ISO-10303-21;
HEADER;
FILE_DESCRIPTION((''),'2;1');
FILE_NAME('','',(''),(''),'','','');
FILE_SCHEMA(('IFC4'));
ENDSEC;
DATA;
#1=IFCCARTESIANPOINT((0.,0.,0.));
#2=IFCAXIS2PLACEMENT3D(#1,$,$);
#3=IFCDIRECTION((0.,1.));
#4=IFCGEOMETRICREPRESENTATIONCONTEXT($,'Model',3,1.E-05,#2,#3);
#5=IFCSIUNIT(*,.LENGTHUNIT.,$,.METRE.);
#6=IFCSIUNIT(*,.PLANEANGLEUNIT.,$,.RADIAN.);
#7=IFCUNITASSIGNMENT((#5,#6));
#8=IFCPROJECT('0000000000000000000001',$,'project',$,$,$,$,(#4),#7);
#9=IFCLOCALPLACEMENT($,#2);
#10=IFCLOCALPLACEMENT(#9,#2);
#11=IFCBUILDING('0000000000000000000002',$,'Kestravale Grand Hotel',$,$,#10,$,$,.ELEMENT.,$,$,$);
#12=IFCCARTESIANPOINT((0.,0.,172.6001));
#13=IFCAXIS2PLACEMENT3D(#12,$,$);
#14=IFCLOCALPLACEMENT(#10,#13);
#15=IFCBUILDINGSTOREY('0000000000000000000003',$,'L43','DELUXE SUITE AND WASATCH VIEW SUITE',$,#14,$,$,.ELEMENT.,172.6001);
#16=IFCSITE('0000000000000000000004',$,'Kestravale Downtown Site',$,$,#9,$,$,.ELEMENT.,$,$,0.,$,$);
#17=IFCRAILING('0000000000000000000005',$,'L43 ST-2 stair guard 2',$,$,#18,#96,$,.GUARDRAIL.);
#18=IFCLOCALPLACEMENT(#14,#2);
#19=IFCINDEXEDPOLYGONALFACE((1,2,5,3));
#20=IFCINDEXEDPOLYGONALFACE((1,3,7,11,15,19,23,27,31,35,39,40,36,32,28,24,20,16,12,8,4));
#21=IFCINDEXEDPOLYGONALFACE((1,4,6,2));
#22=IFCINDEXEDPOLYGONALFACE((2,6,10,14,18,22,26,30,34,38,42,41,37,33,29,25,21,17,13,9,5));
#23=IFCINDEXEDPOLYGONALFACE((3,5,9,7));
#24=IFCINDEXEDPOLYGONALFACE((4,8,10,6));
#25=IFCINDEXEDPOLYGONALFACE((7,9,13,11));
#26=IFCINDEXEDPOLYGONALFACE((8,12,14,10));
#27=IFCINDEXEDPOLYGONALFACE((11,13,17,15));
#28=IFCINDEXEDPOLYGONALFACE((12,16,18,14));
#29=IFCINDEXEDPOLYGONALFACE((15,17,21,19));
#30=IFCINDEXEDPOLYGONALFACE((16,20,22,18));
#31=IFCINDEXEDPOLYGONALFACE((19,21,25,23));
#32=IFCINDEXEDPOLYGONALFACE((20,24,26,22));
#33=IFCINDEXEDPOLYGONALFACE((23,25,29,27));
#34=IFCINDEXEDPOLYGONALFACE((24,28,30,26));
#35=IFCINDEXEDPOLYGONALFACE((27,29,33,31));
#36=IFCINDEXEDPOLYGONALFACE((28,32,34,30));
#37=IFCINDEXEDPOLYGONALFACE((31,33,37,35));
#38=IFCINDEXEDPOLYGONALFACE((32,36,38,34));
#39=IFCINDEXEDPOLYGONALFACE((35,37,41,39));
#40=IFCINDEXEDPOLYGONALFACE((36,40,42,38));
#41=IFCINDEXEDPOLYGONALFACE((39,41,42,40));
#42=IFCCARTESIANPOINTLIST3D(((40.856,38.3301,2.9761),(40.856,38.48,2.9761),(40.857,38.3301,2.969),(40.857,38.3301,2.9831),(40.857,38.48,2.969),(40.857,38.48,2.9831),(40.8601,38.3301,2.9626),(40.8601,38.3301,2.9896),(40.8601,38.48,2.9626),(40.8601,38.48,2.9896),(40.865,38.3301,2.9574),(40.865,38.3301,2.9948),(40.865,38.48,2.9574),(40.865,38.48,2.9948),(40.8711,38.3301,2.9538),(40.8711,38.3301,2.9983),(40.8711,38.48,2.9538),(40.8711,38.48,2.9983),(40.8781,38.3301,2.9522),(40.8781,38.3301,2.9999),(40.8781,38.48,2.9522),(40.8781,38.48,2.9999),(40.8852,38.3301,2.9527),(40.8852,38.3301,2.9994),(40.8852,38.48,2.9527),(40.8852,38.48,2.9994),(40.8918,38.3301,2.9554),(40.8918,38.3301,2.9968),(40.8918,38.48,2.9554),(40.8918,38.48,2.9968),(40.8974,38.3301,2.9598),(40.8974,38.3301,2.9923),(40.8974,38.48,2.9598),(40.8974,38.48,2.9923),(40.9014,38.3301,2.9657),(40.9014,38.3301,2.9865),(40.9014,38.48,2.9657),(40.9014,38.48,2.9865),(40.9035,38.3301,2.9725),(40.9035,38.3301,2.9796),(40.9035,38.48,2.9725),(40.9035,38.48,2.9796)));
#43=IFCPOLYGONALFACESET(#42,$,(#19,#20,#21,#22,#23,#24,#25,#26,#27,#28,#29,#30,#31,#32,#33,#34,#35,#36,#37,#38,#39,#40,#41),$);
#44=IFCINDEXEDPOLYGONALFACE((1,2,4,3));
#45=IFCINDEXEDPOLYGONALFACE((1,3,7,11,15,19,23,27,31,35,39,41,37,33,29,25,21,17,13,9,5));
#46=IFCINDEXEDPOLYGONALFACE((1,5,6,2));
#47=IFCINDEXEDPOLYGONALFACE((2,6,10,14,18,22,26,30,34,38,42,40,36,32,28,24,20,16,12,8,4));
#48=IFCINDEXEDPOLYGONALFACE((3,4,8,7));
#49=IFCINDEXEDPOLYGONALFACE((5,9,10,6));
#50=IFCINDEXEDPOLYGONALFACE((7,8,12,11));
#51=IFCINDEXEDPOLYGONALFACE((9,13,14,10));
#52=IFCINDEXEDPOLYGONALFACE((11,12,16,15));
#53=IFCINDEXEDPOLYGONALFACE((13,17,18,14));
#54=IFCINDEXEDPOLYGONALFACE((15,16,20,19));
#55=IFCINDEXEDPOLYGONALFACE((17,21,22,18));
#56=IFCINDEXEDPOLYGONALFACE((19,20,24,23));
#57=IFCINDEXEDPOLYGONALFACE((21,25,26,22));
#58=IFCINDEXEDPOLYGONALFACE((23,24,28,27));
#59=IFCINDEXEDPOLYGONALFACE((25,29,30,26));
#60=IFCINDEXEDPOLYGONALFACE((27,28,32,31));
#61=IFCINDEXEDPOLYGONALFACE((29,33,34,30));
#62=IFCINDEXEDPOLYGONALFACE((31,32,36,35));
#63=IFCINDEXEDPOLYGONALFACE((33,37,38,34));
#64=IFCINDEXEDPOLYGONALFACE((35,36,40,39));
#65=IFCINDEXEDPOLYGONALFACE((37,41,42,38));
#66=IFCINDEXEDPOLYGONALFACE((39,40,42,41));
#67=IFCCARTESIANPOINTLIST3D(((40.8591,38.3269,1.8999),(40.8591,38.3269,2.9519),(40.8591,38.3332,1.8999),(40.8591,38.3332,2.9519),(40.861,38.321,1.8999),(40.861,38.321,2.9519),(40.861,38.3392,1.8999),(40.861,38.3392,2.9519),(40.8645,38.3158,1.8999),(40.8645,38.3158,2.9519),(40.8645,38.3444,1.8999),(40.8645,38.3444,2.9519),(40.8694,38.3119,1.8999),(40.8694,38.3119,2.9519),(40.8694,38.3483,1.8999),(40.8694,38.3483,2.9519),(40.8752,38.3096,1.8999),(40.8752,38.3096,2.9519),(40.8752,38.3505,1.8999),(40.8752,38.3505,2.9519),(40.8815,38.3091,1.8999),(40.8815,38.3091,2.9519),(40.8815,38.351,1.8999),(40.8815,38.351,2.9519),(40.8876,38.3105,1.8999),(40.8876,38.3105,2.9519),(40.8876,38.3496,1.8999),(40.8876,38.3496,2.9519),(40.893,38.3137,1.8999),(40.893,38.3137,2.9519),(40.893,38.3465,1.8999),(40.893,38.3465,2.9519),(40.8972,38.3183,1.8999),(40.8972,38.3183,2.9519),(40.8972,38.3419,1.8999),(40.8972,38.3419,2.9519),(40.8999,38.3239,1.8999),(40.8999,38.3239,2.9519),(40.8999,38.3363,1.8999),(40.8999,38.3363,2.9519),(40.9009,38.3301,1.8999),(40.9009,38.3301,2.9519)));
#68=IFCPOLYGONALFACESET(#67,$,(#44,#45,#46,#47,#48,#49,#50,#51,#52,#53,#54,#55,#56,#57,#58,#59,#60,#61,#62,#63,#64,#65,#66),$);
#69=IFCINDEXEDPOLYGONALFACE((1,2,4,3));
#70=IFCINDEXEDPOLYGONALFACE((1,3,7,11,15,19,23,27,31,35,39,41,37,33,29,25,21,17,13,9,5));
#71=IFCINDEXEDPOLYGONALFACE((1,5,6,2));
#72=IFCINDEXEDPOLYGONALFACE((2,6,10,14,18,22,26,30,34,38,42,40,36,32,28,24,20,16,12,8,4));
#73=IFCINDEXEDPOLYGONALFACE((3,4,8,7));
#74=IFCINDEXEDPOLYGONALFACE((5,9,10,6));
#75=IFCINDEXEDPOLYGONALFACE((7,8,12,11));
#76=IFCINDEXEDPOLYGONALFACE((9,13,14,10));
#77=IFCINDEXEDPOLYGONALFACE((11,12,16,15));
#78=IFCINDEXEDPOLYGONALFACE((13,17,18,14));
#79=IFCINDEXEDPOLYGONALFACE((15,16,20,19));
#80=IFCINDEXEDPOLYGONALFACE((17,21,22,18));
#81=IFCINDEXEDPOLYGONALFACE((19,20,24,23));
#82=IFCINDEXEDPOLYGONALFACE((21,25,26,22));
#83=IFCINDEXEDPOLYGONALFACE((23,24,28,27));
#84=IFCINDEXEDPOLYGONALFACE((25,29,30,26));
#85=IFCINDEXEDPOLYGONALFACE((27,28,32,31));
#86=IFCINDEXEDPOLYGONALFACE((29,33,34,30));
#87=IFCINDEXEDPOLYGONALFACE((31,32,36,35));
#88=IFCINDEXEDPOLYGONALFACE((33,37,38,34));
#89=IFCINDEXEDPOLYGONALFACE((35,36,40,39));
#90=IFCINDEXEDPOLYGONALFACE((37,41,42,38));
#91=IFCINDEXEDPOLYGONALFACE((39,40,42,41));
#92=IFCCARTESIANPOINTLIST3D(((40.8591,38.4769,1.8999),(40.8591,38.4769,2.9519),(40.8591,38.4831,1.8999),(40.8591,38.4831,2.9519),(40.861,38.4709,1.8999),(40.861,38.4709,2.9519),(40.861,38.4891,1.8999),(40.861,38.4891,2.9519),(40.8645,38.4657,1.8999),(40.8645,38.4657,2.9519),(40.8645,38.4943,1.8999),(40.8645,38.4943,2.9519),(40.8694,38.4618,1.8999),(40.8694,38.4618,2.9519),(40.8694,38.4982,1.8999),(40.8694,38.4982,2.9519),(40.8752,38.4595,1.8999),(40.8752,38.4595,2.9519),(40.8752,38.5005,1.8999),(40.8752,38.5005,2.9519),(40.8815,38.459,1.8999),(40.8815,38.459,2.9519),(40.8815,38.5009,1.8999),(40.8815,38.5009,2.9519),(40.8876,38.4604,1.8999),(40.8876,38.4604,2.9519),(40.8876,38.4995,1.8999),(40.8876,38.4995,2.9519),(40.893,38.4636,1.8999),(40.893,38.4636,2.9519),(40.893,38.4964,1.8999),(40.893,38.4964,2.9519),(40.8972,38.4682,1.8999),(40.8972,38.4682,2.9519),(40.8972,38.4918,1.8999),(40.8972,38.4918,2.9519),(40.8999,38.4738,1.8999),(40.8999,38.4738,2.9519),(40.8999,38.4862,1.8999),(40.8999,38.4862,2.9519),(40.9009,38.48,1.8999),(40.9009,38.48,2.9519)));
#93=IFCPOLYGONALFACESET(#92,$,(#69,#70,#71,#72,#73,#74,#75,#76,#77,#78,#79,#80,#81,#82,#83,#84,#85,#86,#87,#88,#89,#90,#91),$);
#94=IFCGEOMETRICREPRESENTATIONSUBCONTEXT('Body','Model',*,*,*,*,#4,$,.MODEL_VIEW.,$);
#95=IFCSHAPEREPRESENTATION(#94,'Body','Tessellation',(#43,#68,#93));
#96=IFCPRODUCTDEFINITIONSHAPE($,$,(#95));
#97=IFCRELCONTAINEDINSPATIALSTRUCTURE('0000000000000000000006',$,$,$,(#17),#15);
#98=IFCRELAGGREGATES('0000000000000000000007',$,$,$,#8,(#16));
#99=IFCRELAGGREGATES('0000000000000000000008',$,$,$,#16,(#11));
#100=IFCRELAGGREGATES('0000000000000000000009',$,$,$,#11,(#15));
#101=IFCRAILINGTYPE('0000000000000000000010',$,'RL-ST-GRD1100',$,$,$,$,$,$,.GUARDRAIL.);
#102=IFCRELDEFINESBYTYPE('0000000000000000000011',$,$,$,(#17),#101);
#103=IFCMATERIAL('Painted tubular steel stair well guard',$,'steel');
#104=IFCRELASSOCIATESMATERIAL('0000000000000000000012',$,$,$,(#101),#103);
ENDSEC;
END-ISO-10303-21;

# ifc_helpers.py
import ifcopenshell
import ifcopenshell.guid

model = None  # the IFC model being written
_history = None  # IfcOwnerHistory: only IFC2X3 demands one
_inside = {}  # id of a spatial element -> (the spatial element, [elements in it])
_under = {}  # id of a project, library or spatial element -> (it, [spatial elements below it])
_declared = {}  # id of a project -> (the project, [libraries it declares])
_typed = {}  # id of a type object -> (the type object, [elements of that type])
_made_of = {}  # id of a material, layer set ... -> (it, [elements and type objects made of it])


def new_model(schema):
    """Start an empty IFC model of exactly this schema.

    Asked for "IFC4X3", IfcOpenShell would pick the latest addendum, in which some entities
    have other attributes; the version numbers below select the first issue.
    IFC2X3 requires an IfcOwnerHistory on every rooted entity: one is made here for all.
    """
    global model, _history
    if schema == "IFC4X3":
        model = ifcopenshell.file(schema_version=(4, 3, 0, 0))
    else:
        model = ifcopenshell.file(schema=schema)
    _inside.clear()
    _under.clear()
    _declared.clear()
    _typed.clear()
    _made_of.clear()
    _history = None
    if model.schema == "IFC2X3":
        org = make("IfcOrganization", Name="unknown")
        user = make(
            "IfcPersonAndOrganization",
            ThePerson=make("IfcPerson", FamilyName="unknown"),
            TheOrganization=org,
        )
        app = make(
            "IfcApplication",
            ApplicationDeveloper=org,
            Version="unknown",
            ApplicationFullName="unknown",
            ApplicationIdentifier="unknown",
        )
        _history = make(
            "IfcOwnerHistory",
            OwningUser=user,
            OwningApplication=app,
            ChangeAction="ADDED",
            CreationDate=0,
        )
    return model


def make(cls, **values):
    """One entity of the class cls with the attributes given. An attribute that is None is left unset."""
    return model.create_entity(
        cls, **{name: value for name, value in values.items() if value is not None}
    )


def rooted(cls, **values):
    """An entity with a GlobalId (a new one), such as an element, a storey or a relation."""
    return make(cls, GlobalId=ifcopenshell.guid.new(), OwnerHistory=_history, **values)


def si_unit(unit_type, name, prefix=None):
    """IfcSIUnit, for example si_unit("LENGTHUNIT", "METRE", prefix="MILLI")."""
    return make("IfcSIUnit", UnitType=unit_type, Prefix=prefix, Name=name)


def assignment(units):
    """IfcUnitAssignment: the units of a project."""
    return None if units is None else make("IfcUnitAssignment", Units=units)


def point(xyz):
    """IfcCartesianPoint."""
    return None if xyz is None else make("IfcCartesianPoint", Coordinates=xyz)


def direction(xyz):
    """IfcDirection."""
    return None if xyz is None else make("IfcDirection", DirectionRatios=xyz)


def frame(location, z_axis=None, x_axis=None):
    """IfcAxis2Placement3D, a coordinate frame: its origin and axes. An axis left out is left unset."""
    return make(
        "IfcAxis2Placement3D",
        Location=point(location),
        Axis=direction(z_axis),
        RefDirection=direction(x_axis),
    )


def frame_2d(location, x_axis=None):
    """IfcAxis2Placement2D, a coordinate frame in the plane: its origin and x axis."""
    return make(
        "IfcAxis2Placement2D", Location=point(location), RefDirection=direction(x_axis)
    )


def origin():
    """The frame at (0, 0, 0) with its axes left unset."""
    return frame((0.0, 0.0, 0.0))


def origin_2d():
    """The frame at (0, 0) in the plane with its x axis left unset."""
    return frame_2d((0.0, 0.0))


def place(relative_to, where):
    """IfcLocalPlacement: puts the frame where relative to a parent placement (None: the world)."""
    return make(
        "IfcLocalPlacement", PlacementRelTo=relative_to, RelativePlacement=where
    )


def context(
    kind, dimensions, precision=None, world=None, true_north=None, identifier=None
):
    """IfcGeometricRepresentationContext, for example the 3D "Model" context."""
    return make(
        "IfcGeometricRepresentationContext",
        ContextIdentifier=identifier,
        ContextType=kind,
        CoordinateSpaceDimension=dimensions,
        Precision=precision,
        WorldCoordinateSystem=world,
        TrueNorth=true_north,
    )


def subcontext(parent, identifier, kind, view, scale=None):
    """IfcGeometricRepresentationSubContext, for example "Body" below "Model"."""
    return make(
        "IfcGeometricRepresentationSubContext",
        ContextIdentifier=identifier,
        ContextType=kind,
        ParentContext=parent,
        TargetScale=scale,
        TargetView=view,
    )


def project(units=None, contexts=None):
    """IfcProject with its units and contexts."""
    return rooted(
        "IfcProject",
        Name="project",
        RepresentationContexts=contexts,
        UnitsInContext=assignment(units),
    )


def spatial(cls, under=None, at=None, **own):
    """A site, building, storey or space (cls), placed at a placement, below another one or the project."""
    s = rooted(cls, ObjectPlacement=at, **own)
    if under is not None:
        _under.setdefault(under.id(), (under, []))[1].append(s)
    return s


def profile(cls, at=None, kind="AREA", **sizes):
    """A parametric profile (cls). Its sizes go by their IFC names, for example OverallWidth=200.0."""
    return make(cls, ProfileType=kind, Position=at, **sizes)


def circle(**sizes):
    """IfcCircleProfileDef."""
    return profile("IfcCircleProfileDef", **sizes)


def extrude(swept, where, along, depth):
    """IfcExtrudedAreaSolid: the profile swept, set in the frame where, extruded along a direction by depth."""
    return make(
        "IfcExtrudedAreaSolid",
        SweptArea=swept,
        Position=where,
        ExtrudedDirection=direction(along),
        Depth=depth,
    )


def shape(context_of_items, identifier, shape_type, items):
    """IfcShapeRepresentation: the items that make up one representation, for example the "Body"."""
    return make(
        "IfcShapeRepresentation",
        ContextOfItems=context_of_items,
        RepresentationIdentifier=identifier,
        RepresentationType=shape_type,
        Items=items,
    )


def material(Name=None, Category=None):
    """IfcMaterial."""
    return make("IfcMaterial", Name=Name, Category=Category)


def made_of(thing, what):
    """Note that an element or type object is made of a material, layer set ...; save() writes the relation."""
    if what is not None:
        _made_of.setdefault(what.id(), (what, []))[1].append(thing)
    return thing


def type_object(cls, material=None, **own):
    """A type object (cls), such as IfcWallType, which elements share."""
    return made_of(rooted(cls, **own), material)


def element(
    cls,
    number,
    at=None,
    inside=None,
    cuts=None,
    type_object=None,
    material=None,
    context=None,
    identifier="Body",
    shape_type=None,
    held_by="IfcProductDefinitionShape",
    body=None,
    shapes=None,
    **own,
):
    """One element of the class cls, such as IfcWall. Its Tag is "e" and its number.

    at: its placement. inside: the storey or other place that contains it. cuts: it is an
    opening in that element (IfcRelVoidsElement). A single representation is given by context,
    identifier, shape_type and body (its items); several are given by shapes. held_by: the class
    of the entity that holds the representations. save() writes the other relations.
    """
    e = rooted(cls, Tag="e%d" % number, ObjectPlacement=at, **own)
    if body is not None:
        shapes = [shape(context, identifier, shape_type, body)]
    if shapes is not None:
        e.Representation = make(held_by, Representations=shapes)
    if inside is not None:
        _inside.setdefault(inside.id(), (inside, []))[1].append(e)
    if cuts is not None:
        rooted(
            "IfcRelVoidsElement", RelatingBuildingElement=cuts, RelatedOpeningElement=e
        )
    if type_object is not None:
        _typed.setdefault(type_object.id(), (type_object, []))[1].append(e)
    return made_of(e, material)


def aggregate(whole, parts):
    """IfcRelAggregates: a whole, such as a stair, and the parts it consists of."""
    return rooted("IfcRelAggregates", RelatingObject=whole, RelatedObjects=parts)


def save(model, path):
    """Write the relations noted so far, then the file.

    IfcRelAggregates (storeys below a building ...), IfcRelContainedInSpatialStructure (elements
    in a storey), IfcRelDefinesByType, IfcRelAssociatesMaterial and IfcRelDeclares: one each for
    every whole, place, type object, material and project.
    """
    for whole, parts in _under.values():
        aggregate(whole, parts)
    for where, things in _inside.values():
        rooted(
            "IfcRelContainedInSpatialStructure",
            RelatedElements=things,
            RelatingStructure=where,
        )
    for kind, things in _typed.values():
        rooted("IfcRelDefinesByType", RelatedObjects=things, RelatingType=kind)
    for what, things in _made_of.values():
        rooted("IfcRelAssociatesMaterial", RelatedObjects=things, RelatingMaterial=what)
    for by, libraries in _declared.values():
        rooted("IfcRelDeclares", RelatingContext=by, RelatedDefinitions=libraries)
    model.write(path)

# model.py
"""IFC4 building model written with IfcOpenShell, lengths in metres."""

from ifc_helpers import new_model, si_unit, direction, frame, origin, origin_2d, place, context, subcontext, project, spatial, circle, extrude, material, type_object, element, save


model = new_model("IFC4")

# Units and contexts
model_context = context("Model", 3, precision=1e-05, world=origin(), true_north=direction((0.0, 1.0)))
body_context = subcontext(model_context, "Body", "Model", "MODEL_VIEW")
ifc_project = project(units=[si_unit("LENGTHUNIT", "METRE"), si_unit("PLANEANGLEUNIT", "RADIAN")], contexts=[model_context])

# Site, building, storey
site_placement = place(None, origin())
site = spatial("IfcSite", under=ifc_project, at=site_placement, Name="Kestravale Downtown Site", CompositionType="ELEMENT", RefElevation=0.0)
building_placement = place(site_placement, origin())
building = spatial("IfcBuilding", under=site, at=building_placement, Name="Kestravale Grand Hotel", CompositionType="ELEMENT")
storey_placement = place(building_placement, frame((0.0, 0.0, 172.6001)))
storey = spatial("IfcBuildingStorey", under=building, at=storey_placement, Name="L43", Description="DELUXE SUITE AND WASATCH VIEW SUITE", CompositionType="ELEMENT", Elevation=172.6001)

# Railing
ifc_material_1 = material(Name="Painted tubular steel stair well guard", Category="steel")
railing_type_1 = type_object("IfcRailingType", Name="RL-ST-GRD1100", PredefinedType="GUARDRAIL", material=ifc_material_1)
railing_1_placement = place(storey_placement, frame((40.8799, 38.3301, 1.8999)))
element("IfcRailing", 1, at=railing_1_placement, inside=storey, type_object=railing_type_1, Name="L43 ST-2 stair guard 2", PredefinedType="GUARDRAIL", context=body_context, shape_type="SweptSolid", body=[
    extrude(circle(Radius=0.0239, at=origin_2d()), frame((0.0, 0.0, 1.0762), z_axis=(0.0, 1.0, 0.0), x_axis=(-1.0, 0.0, 0.0)), (0.0, 0.0, 1.0), 0.1499),
    extrude(circle(Radius=0.021, at=origin_2d()), origin(), (0.0, 0.0, 1.0), 1.052),
    extrude(circle(Radius=0.021, at=origin_2d()), frame((0.0, 0.1499, 0.0)), (0.0, 0.0, 1.0), 1.052),
])

save(model, "model.ifc")
